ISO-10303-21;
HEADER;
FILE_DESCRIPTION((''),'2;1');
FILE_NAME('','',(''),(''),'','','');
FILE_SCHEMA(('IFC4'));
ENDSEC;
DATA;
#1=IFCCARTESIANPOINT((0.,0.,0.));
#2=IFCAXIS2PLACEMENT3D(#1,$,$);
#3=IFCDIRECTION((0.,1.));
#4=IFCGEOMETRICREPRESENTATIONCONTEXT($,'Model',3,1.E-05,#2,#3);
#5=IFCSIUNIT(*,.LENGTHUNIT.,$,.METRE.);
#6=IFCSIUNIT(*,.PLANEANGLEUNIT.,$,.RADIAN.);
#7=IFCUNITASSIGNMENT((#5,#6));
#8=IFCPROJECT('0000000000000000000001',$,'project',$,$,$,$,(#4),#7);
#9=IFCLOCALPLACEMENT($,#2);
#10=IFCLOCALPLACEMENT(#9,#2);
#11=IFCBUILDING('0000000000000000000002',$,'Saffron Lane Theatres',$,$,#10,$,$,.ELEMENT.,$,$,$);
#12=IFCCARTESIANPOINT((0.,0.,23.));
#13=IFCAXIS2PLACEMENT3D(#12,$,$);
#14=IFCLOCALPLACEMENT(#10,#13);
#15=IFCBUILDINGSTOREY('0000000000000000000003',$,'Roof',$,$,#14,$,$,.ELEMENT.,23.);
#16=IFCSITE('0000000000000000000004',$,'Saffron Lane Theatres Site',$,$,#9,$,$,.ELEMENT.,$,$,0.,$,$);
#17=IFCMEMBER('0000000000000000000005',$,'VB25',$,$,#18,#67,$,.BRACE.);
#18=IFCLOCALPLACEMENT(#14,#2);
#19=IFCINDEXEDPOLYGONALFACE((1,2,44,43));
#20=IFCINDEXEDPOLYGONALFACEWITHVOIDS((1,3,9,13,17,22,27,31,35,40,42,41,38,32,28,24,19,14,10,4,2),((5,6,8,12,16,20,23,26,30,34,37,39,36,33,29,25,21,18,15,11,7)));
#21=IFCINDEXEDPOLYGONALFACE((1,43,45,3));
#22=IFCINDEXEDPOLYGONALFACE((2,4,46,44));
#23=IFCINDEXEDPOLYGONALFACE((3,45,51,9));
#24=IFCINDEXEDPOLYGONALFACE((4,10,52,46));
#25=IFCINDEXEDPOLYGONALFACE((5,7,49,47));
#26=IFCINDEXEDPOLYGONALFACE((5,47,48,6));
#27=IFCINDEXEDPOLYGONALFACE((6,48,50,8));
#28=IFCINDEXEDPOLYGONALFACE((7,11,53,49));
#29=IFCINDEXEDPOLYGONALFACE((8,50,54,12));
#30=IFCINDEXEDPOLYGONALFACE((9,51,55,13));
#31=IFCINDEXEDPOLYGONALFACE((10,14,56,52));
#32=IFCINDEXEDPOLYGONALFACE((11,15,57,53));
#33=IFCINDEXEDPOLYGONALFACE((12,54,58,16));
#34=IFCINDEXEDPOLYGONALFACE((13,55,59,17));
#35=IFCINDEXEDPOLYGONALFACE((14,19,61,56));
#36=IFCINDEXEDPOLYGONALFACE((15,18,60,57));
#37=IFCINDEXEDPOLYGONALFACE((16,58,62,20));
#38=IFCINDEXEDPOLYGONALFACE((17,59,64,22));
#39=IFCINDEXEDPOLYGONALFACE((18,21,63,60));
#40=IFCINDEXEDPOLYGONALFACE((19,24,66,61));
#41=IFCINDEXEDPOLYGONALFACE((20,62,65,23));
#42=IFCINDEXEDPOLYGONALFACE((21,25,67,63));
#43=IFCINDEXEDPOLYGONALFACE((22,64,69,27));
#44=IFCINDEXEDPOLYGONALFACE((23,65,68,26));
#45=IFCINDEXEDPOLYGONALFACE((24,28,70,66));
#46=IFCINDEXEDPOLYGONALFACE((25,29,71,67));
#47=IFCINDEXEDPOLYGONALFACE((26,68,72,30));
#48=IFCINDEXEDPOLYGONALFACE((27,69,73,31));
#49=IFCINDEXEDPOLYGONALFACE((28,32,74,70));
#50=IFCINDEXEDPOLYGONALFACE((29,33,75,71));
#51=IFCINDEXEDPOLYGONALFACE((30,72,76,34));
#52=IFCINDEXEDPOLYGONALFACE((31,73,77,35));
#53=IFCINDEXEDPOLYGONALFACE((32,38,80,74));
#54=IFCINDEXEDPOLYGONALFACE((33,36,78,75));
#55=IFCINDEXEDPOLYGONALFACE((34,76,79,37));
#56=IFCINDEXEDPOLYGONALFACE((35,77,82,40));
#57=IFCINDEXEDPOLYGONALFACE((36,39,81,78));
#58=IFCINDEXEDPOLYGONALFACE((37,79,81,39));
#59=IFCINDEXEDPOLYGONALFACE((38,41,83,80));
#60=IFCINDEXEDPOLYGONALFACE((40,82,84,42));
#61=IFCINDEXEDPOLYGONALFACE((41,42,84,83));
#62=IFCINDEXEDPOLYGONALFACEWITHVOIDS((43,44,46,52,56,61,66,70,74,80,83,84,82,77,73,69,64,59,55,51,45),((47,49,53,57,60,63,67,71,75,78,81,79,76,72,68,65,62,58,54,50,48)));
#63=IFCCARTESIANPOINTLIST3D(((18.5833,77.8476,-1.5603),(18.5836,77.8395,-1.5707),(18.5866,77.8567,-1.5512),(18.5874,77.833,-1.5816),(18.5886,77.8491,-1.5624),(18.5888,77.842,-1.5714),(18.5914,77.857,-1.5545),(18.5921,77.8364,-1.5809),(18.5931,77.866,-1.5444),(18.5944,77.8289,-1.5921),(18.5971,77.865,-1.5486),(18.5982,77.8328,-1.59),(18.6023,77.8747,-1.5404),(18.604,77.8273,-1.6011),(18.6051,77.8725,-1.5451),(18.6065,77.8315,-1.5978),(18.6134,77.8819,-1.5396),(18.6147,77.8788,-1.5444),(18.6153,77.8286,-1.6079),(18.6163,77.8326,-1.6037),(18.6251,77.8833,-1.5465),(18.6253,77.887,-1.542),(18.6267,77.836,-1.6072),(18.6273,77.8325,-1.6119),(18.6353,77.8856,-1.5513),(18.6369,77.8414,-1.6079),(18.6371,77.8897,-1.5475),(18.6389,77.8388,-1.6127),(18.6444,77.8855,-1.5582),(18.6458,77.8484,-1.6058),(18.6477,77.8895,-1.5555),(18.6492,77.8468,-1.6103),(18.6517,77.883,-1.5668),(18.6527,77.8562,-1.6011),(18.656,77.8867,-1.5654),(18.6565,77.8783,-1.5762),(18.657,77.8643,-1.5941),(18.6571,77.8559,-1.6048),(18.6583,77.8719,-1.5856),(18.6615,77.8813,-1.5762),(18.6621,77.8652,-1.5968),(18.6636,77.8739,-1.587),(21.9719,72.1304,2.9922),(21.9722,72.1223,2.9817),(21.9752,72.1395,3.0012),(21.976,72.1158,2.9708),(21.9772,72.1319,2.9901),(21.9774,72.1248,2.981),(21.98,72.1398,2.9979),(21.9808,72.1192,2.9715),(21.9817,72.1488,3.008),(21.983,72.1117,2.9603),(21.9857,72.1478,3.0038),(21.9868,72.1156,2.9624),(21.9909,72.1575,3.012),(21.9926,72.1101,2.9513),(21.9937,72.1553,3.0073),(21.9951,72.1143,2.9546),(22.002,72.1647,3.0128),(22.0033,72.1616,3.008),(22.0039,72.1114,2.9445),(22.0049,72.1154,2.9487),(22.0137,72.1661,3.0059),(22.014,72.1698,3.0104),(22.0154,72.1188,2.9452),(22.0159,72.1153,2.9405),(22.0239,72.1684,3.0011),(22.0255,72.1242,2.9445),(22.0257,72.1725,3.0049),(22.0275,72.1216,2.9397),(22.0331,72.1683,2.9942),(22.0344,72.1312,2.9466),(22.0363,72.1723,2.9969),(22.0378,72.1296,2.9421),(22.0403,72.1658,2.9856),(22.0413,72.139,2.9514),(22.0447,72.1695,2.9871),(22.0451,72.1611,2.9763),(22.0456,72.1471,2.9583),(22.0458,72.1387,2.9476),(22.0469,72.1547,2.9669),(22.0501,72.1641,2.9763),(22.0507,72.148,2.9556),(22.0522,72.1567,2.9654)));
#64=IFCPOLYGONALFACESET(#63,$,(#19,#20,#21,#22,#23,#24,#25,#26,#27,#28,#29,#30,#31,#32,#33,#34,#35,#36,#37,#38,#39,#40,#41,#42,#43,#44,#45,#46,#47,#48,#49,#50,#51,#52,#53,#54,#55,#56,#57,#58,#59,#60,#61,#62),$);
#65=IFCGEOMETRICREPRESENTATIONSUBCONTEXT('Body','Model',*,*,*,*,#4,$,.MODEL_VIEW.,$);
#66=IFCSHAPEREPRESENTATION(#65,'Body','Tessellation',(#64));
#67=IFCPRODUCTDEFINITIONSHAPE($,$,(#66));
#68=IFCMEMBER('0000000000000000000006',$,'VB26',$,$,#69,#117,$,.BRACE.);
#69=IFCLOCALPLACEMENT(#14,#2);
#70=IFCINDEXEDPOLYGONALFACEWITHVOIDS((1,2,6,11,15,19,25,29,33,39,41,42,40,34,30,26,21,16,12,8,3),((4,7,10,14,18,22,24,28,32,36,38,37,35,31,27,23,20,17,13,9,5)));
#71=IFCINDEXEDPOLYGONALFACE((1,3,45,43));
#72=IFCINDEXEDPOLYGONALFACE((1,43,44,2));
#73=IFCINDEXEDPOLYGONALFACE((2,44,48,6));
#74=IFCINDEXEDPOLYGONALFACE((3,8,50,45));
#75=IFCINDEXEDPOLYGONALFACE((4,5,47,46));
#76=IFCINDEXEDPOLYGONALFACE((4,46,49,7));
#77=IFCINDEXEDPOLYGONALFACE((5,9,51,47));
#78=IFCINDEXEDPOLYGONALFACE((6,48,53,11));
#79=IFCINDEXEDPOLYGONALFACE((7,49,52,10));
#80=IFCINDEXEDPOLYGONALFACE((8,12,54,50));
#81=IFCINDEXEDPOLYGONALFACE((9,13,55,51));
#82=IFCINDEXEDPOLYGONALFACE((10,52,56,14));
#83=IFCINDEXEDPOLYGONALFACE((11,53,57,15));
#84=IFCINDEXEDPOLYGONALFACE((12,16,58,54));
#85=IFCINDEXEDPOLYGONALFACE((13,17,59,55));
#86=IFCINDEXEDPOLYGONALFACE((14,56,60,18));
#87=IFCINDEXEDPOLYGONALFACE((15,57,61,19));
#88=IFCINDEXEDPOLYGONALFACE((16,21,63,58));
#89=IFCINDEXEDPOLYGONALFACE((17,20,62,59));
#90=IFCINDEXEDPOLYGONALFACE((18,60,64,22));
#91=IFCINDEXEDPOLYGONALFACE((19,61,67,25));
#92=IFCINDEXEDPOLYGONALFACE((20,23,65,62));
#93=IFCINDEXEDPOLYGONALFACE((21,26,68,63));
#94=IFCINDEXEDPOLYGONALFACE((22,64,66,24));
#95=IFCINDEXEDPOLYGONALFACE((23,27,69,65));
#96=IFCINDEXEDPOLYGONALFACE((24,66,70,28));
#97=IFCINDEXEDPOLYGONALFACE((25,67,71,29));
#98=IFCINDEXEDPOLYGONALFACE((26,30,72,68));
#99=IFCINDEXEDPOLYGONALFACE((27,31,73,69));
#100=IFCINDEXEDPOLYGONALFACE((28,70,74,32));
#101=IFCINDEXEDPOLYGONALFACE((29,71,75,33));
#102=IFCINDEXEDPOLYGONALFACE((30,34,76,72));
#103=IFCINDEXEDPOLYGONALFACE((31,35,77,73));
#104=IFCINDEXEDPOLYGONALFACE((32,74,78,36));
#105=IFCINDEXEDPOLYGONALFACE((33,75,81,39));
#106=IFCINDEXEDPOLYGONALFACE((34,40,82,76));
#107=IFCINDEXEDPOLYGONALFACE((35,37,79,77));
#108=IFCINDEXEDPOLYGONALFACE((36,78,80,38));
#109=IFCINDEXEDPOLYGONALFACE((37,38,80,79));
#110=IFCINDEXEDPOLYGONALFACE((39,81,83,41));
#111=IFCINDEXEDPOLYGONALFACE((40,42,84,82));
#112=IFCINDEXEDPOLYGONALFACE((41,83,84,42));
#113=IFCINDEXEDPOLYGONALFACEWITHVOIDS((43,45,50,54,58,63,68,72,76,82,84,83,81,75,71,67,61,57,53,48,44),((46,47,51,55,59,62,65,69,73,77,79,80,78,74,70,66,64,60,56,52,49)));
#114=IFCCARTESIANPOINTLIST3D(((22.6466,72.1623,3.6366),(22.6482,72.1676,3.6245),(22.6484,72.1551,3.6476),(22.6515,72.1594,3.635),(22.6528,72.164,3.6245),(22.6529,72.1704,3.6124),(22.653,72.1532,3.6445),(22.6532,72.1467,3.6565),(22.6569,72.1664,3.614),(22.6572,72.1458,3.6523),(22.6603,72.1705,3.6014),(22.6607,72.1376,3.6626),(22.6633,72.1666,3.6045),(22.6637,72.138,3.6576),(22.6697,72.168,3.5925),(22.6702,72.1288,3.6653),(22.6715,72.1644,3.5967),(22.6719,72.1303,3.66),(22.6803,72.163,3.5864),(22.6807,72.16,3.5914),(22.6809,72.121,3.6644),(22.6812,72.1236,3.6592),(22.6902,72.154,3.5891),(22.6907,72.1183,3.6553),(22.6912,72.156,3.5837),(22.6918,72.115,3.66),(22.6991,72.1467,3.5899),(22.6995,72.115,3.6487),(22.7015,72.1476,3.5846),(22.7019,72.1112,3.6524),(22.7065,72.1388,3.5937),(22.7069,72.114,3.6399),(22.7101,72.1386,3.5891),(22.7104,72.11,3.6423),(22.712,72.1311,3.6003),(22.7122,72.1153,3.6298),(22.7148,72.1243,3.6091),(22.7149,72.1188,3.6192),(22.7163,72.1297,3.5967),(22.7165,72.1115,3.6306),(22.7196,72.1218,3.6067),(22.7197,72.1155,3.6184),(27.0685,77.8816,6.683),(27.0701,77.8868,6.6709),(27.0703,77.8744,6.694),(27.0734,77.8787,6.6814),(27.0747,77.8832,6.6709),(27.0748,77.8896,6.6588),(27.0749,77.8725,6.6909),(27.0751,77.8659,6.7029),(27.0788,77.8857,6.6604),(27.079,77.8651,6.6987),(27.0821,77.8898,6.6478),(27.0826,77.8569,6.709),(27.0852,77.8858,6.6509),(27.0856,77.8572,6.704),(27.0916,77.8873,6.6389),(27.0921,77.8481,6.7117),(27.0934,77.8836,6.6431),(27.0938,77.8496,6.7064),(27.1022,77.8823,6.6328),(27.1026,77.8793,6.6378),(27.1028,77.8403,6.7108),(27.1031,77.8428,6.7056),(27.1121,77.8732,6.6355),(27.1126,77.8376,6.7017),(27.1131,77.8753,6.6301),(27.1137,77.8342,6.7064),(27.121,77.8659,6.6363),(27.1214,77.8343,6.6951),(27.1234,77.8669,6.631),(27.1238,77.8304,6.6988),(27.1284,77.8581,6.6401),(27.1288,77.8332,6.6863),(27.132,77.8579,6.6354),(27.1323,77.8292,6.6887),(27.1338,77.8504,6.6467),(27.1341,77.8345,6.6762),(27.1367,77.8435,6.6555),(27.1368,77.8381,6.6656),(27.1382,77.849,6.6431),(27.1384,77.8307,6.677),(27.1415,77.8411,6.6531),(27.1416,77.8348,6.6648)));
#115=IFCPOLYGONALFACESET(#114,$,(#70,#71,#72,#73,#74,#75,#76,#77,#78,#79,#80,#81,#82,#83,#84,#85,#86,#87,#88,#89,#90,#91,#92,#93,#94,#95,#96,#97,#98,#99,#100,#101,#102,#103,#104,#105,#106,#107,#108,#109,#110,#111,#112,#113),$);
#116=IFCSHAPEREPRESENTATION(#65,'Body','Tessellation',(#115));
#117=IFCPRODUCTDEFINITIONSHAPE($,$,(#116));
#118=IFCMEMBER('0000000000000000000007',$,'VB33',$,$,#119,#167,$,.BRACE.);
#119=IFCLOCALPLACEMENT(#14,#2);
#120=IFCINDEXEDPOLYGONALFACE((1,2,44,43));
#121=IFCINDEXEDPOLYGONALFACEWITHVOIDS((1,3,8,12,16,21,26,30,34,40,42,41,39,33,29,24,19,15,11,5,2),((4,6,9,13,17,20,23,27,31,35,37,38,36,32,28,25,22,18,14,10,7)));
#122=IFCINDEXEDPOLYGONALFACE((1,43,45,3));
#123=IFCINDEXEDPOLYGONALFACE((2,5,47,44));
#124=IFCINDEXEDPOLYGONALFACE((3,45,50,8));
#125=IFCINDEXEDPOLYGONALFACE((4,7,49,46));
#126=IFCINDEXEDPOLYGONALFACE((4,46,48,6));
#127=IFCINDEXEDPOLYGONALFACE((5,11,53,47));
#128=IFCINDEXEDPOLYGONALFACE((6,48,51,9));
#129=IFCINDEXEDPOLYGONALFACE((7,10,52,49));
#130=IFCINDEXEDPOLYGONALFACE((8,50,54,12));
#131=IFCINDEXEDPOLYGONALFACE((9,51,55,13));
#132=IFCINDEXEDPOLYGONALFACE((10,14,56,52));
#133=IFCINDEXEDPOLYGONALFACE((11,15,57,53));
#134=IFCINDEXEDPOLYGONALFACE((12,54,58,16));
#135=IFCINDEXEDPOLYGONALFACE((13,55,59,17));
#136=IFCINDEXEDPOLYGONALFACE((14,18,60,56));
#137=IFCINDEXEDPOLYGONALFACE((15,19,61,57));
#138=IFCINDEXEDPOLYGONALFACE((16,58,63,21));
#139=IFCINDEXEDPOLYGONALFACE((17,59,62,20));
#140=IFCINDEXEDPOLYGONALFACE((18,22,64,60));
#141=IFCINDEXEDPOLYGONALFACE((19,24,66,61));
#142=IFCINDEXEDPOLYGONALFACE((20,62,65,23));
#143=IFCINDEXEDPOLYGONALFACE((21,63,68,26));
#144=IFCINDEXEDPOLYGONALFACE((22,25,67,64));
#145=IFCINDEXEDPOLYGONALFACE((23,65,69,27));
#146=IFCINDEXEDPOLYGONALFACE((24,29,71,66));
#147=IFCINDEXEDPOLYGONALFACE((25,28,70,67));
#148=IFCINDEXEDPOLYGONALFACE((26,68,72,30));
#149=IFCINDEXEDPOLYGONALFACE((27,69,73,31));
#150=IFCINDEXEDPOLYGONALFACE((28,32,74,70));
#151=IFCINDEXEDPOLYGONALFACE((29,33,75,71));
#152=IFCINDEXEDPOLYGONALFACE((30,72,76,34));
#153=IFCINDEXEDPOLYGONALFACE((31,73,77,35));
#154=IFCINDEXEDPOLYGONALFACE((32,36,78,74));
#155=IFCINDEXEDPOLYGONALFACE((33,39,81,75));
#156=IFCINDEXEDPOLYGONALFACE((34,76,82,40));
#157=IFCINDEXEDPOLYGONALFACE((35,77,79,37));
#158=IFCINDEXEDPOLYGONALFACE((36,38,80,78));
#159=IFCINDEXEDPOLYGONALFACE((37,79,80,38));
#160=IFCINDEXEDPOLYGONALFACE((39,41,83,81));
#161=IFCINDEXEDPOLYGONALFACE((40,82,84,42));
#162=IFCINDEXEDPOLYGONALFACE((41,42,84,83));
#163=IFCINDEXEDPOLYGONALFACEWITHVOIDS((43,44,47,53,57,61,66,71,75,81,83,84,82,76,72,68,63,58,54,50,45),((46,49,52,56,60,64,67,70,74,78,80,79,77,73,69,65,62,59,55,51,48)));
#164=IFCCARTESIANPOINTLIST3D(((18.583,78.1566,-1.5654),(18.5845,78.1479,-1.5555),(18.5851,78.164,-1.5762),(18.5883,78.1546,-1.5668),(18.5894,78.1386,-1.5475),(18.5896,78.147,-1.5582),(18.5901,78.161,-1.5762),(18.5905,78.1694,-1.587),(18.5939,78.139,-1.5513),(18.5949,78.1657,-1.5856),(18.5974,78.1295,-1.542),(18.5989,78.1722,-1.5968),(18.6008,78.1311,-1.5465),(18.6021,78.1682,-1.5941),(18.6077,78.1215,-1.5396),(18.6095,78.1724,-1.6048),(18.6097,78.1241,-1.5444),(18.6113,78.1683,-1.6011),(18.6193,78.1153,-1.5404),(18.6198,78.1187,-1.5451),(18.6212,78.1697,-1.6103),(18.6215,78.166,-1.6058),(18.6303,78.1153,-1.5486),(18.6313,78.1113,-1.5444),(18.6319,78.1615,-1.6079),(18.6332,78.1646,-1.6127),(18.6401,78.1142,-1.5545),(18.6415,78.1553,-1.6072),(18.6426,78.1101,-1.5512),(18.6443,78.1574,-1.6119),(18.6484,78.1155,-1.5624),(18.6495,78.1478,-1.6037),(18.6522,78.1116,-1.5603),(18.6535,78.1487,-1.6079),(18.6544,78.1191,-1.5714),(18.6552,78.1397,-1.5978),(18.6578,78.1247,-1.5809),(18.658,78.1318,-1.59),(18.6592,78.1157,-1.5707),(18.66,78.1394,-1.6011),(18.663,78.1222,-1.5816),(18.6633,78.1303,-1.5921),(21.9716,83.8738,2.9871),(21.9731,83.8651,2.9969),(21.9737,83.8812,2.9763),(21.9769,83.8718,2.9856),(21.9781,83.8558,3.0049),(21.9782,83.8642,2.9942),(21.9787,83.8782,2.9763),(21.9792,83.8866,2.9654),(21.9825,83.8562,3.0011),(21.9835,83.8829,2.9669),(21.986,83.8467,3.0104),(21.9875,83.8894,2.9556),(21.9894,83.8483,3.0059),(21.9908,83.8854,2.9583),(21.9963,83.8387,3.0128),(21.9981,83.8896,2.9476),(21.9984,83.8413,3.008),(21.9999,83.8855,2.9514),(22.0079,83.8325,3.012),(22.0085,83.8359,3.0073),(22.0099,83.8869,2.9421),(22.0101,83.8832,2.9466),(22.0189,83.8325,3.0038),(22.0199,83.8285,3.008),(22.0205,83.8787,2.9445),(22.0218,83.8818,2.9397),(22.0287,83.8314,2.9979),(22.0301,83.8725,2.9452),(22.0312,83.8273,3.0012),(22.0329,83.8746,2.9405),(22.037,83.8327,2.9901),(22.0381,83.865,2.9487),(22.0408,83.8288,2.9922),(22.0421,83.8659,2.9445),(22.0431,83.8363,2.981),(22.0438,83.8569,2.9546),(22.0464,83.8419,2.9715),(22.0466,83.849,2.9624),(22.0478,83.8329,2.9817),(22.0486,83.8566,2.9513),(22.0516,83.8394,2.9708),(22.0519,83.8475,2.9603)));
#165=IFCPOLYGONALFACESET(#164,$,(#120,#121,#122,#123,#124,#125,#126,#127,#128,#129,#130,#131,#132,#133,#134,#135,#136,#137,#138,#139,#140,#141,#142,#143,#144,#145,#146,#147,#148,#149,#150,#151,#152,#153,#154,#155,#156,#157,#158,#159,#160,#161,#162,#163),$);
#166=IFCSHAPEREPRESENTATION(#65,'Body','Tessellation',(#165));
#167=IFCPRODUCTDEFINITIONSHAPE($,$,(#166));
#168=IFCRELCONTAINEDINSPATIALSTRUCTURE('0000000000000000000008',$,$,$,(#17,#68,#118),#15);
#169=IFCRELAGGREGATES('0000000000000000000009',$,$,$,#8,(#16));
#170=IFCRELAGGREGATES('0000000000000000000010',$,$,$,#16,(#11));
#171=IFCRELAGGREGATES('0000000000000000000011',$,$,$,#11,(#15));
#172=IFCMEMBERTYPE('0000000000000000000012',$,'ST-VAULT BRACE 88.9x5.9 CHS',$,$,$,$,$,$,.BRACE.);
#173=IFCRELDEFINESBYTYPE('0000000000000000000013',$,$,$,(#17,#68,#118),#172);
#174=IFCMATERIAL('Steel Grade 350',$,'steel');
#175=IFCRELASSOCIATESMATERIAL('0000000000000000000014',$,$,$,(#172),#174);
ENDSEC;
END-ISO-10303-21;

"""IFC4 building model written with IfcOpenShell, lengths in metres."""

from ifc_helpers import new_model, si_unit, direction, frame, origin, origin_2d, place, context, subcontext, project, spatial, hollow_circle, extrude, material, material_profile, profile_set, type_object, element, save


model = new_model("IFC4")

# Units and contexts
model_context = context("Model", 3, precision=1e-05, world=origin(), true_north=direction((0.0, 1.0)))
body_context = subcontext(model_context, "Body", "Model", "MODEL_VIEW")
ifc_project = project(units=[si_unit("LENGTHUNIT", "METRE"), si_unit("PLANEANGLEUNIT", "RADIAN")], contexts=[model_context])

# Site, building, storey
site_placement = place(None, origin())
site = spatial("IfcSite", under=ifc_project, at=site_placement, Name="Saffron Lane Theatres Site", CompositionType="ELEMENT", RefElevation=0.0)
building_placement = place(site_placement, origin())
building = spatial("IfcBuilding", under=site, at=building_placement, Name="Saffron Lane Theatres", CompositionType="ELEMENT")
storey_placement = place(building_placement, frame((0.0, 0.0, 23.0)))
storey = spatial("IfcBuildingStorey", under=building, at=storey_placement, Name="Roof", CompositionType="ELEMENT", Elevation=23.0)

# Members
ifc_material_1 = material(Name="Steel Grade 350", Category="steel")
ifc_material_profile_1 = material_profile(ifc_material_1, hollow_circle(Radius=0.0444, WallThickness=0.0059, at=origin_2d()))
ifc_profile_set_1 = profile_set([ifc_material_profile_1], Name="Steel Grade 350")
member_type_1 = type_object("IfcMemberType", Name="ST-VAULT BRACE 88.9x5.9 CHS", PredefinedType="BRACE", material=ifc_profile_set_1)
member_1_placement = place(storey_placement, frame((18.6233, 77.8586, -1.5762), z_axis=(0.420651, -0.709712, 0.565121), x_axis=(0.860249, 0.509875, 0.0)))
element("IfcMember", 1, at=member_1_placement, inside=storey, type_object=member_type_1, Name="VB25", PredefinedType="BRACE", context=body_context, shape_type="SweptSolid", body=[
    extrude(hollow_circle(Radius=0.0444, WallThickness=0.0059, at=origin_2d()), origin(), (0.0, 0.0, 1.0), 8.0557),
])
member_2_placement = place(storey_placement, frame((22.6833, 72.1404, 3.6245), z_axis=(0.563659, 0.729035, 0.388325), x_axis=(-0.79112, 0.611661, 0.0)))
element("IfcMember", 2, at=member_2_placement, inside=storey, type_object=member_type_1, Name="VB26", PredefinedType="BRACE", context=body_context, shape_type="SweptSolid", body=[
    extrude(hollow_circle(Radius=0.0444, WallThickness=0.0059, at=origin_2d()), origin(), (0.0, 0.0, 1.0), 7.845),
])
member_3_placement = place(storey_placement, frame((18.6233, 78.1414, -1.5762), z_axis=(0.420651, 0.709712, 0.565121), x_axis=(-0.860249, 0.509875, 0.0)))
element("IfcMember", 3, at=member_3_placement, inside=storey, type_object=member_type_1, Name="VB33", PredefinedType="BRACE", context=body_context, shape_type="SweptSolid", body=[
    extrude(hollow_circle(Radius=0.0444, WallThickness=0.0059, at=origin_2d()), origin(), (0.0, 0.0, 1.0), 8.0557),
])

save(model, "model.ifc")
